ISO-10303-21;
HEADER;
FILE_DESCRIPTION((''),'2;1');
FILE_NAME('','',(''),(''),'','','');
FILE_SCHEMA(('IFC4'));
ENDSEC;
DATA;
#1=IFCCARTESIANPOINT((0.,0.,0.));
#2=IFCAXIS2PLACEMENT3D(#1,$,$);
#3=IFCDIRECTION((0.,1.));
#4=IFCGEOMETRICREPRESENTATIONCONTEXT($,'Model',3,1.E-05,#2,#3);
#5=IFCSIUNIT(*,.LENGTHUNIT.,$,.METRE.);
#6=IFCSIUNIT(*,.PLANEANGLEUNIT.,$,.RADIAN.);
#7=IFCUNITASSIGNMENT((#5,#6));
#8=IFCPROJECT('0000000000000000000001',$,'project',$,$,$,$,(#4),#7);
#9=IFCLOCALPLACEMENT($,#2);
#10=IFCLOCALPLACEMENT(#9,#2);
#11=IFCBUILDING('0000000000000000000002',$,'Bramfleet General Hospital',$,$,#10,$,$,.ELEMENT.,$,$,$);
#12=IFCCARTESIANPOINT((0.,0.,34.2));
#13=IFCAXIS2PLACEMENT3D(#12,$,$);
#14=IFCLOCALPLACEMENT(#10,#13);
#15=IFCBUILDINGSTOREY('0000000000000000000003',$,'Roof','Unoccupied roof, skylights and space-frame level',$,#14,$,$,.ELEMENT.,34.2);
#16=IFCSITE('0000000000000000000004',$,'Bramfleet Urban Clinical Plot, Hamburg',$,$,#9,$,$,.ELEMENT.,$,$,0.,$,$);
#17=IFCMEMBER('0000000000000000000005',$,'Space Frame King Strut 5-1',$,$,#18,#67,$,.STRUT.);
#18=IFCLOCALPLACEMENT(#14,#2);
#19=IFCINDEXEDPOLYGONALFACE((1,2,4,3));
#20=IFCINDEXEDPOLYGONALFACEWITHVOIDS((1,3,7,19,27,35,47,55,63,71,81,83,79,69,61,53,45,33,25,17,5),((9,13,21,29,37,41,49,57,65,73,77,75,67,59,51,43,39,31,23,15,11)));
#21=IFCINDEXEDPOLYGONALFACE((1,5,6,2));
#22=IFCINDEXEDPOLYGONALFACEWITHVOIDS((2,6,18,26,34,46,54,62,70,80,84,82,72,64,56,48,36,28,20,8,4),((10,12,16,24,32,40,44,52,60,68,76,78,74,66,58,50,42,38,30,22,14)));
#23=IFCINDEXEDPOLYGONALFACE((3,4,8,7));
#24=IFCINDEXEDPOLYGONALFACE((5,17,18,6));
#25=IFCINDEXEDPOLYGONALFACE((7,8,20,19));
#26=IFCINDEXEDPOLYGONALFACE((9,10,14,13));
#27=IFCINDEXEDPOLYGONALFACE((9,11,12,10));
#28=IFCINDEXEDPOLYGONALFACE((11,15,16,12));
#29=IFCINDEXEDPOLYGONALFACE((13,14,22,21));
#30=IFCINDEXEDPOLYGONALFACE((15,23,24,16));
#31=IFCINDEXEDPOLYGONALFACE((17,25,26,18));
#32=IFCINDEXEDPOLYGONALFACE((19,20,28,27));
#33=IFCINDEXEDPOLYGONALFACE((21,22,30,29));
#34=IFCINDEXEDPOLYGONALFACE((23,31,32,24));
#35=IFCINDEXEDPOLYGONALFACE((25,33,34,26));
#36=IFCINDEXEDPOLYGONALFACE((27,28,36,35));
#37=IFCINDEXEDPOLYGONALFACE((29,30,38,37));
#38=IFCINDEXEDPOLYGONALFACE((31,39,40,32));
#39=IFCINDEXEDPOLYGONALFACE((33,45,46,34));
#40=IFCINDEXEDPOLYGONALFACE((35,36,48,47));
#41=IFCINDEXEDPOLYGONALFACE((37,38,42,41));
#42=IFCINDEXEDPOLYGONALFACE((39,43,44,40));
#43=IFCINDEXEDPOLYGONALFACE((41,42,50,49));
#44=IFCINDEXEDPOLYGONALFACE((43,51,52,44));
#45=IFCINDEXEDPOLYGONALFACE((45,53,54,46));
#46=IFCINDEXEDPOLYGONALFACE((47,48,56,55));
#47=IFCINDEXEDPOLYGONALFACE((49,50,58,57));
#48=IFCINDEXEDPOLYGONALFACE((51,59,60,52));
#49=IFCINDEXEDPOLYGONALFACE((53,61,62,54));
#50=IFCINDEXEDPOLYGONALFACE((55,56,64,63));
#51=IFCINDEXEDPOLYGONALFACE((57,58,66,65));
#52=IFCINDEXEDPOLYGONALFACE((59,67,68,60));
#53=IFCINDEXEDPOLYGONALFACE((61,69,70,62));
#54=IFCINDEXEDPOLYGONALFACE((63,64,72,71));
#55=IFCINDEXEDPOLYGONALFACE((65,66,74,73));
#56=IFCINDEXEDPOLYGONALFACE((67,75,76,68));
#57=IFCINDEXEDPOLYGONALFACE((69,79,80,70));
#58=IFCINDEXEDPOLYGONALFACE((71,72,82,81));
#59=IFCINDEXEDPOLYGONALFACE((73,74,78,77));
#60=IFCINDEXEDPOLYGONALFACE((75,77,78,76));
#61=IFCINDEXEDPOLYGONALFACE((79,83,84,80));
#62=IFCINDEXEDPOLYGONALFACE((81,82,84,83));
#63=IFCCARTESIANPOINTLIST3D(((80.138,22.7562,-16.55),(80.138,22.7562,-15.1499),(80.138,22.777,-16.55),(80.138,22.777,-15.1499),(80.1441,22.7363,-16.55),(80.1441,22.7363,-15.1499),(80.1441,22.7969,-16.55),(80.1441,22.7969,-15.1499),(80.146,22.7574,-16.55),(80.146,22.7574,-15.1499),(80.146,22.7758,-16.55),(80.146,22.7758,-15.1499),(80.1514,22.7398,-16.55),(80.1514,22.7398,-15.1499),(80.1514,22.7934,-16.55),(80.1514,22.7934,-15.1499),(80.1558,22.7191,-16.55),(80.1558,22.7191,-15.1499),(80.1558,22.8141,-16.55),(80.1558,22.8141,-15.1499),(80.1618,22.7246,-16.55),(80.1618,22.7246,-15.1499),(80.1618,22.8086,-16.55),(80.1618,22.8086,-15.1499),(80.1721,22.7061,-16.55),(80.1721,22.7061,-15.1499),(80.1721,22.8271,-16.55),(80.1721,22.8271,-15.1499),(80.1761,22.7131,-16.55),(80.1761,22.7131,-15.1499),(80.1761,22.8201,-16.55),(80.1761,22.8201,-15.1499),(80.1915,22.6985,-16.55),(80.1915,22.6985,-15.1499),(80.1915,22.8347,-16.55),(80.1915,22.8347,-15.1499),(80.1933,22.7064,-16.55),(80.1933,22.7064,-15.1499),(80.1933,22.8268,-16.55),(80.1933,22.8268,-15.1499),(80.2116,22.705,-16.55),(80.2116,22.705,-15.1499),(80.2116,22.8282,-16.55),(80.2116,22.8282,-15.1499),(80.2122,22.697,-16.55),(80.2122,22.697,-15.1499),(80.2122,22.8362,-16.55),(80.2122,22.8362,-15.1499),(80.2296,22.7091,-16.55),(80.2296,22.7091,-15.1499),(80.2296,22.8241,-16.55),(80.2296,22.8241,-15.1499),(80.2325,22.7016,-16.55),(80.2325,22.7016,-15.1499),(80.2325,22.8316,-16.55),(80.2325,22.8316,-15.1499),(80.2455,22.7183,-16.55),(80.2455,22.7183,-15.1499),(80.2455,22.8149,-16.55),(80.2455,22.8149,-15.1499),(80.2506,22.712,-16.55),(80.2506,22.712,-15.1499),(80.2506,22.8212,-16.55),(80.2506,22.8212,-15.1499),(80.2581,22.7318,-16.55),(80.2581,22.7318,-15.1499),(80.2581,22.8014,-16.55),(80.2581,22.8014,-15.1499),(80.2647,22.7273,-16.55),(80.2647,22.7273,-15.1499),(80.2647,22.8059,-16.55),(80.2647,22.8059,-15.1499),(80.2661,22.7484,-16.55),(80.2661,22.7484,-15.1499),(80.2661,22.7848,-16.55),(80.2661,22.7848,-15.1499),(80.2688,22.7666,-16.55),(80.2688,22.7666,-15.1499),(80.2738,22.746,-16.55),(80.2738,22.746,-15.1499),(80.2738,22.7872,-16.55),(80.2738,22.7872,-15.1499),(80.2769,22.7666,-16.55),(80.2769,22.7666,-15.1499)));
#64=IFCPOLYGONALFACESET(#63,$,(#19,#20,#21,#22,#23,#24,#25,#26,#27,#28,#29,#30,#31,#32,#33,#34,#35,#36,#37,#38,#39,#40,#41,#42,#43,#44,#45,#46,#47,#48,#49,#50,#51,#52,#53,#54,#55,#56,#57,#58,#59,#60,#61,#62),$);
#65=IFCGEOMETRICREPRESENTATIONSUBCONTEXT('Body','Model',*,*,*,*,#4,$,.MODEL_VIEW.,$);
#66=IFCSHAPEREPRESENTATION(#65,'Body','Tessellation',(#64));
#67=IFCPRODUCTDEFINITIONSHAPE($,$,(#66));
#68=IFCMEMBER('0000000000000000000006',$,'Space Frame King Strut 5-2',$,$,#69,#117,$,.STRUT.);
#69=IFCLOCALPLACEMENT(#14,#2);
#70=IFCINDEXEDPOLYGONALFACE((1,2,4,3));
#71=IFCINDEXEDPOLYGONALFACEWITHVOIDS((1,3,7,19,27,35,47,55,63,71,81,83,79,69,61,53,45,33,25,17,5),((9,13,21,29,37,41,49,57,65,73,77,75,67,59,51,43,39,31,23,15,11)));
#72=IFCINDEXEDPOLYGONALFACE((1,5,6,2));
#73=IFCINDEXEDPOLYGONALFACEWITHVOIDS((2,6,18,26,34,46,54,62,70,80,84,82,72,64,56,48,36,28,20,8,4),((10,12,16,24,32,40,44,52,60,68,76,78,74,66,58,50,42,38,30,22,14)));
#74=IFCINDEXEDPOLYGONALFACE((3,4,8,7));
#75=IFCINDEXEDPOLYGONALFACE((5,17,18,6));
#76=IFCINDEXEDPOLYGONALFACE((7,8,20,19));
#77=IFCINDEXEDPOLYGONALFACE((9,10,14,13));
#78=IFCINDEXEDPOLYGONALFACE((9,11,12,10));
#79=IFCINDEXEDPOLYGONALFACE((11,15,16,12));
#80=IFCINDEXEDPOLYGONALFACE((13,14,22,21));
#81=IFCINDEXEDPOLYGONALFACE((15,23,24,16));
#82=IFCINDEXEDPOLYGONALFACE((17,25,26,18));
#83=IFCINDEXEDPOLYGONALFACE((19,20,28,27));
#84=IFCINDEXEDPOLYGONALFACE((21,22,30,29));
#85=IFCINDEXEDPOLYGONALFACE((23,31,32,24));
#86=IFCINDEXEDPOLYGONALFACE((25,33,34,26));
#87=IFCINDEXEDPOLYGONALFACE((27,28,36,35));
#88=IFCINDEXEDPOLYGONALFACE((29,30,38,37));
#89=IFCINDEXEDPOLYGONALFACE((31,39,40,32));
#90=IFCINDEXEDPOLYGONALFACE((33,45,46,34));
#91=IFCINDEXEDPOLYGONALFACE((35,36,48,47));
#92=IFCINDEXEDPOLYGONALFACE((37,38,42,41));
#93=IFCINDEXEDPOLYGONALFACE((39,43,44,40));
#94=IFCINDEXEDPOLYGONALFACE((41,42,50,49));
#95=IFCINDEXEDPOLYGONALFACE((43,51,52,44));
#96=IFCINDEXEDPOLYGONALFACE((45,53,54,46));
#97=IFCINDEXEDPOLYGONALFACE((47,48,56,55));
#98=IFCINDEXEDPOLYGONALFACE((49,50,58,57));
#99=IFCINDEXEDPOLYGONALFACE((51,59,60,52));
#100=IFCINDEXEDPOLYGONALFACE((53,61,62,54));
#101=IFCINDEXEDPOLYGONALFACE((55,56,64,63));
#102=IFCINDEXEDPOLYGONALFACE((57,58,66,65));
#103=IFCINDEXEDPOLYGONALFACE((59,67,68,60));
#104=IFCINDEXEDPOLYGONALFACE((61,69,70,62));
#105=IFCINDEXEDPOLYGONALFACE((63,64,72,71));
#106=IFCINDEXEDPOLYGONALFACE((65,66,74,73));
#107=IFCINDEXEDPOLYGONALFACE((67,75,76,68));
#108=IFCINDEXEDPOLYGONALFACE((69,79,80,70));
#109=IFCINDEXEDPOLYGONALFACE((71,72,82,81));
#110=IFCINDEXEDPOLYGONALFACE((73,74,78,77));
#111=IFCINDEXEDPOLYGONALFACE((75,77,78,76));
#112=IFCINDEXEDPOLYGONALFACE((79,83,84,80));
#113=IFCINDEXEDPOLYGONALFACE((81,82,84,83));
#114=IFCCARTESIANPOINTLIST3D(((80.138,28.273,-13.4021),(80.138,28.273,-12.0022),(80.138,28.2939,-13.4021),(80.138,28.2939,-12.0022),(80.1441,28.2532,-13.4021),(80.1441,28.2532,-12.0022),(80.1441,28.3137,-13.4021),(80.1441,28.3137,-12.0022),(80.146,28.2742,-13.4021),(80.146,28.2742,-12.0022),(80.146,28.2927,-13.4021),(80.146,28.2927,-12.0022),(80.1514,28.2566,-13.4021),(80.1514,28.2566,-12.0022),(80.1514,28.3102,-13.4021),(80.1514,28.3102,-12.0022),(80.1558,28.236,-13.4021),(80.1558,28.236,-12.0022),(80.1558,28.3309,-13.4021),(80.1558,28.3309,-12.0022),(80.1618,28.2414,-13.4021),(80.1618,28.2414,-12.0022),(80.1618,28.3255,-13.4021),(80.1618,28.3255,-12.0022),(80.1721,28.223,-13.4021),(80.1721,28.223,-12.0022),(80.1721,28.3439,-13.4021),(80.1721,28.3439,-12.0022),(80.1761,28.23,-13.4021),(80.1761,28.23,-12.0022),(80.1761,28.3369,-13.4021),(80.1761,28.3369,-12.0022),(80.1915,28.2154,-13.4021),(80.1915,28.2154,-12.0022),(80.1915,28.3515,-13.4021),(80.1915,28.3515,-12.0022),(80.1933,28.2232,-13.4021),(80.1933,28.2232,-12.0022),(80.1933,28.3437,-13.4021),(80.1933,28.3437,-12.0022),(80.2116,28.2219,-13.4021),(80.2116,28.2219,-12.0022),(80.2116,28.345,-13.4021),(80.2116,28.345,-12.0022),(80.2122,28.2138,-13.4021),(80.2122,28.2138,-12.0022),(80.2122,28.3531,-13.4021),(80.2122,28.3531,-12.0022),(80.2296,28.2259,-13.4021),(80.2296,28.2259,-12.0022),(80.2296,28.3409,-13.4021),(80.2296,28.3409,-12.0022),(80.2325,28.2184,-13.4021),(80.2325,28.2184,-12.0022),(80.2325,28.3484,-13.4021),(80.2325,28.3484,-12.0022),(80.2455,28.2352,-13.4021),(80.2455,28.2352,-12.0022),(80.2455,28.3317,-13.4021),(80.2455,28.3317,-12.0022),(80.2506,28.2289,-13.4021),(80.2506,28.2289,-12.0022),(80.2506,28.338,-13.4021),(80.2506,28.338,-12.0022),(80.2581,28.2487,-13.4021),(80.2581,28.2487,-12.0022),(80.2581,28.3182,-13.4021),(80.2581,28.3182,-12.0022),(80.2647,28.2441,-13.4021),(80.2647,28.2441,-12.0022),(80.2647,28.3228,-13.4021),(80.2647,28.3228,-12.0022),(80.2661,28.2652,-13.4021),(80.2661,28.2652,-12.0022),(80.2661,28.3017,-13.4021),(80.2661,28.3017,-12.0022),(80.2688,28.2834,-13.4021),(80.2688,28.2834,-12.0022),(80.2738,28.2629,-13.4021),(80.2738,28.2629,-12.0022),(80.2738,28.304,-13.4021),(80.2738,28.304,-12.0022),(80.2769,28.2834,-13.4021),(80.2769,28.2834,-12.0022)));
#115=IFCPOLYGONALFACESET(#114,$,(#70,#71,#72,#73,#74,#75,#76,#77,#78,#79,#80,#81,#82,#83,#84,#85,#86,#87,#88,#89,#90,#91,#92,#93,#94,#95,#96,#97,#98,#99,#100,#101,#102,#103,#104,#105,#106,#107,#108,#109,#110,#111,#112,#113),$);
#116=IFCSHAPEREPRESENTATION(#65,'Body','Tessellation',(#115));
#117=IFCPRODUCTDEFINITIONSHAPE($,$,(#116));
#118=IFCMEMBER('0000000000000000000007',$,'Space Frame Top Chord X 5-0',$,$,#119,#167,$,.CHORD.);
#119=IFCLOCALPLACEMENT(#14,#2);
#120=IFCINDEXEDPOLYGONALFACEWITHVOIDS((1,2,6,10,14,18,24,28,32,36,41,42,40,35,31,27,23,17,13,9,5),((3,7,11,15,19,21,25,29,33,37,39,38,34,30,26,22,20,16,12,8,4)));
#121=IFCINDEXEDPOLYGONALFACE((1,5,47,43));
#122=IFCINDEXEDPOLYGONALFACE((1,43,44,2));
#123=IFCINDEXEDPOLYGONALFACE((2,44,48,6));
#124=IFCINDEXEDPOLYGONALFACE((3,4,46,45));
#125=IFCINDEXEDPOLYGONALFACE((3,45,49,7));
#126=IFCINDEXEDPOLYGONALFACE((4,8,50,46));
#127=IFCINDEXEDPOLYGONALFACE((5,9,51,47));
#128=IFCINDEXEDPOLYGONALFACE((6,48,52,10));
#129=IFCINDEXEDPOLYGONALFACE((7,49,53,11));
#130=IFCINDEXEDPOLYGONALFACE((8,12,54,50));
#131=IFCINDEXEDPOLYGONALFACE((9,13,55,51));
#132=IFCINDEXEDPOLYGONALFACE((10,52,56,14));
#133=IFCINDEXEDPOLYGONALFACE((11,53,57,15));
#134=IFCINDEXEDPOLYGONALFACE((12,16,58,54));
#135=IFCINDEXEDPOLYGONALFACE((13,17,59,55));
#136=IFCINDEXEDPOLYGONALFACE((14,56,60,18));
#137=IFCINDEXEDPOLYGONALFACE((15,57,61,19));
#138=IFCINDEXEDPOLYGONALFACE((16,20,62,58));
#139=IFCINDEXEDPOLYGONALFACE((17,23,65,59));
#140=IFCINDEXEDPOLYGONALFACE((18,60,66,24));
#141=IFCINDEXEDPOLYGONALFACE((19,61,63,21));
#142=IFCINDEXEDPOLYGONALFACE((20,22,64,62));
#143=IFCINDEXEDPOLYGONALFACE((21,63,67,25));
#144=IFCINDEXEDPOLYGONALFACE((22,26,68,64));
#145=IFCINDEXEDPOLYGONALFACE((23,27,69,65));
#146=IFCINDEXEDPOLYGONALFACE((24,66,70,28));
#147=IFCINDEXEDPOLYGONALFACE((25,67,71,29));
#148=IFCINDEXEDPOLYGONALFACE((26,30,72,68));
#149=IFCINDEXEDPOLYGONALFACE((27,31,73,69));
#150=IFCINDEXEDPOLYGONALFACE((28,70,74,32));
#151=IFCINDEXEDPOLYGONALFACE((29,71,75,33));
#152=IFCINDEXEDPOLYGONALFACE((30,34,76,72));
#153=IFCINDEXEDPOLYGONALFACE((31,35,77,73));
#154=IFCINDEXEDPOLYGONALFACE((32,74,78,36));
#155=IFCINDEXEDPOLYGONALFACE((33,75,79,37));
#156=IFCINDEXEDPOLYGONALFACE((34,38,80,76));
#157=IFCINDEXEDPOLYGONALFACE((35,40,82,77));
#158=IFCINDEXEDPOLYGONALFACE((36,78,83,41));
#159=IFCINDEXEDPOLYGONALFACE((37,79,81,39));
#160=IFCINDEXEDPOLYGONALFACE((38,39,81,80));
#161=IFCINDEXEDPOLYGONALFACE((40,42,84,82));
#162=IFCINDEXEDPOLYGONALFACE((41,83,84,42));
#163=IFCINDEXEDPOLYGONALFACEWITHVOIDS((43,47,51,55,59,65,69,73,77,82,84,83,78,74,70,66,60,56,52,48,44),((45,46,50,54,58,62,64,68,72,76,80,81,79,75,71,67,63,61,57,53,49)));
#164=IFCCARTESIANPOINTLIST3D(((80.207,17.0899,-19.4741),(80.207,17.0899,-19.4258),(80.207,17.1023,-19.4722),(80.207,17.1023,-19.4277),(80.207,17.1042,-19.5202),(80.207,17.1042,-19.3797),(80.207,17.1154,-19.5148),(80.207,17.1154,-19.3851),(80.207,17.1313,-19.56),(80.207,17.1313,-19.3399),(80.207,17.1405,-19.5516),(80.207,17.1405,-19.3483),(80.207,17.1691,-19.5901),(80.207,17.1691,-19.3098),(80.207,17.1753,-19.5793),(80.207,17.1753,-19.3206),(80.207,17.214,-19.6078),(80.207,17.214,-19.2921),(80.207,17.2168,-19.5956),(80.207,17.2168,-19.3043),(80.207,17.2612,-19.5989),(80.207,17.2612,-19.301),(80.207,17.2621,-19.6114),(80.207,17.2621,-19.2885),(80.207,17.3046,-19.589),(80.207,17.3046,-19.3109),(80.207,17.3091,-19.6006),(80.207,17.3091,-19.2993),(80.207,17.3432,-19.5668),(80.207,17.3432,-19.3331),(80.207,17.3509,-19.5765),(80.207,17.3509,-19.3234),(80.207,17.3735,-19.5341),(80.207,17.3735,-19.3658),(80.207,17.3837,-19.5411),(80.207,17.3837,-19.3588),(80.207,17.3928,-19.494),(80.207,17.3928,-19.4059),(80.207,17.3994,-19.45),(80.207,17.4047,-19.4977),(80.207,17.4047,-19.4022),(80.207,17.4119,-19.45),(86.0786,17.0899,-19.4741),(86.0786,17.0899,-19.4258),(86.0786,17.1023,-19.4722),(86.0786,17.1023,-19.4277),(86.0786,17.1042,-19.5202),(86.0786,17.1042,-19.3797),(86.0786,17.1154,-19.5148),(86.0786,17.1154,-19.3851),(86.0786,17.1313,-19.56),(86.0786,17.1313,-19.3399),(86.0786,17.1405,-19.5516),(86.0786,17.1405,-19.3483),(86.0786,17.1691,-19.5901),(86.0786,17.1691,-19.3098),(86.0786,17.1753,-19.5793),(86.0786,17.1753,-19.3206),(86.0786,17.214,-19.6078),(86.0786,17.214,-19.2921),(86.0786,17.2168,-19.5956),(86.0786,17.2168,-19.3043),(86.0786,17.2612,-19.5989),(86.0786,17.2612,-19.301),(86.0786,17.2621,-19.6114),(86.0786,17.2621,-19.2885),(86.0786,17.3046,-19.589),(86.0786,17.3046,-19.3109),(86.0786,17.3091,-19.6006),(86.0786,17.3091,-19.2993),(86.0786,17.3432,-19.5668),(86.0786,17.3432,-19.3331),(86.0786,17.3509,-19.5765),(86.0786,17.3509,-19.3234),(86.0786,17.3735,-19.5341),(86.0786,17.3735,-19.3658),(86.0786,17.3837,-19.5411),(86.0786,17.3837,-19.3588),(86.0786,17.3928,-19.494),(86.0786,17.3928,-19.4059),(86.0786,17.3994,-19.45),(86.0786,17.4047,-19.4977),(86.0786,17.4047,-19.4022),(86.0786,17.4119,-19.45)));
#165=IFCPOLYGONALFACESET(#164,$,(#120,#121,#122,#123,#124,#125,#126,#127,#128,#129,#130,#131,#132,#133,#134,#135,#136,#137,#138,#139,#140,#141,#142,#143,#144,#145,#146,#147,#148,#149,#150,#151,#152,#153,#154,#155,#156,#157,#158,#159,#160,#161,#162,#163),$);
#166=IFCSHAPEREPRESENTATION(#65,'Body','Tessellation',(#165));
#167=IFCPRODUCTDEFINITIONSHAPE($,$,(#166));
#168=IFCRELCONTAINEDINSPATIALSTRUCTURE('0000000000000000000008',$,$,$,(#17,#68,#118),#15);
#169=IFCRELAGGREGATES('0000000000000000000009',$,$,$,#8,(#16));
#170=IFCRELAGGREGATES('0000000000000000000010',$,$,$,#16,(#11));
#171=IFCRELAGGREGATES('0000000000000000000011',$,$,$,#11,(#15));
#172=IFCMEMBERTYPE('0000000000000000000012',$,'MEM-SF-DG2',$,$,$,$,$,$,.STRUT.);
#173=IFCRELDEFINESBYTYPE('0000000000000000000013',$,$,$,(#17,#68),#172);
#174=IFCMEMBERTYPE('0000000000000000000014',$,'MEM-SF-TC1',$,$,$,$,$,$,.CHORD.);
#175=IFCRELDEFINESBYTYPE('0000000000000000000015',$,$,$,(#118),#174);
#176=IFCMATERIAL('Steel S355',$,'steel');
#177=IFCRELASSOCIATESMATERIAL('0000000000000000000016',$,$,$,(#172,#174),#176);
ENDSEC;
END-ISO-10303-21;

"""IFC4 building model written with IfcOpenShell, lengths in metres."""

from ifc_helpers import new_model, si_unit, direction, frame, origin, origin_2d, place, context, subcontext, project, spatial, hollow_circle, extrude, material, material_profile, profile_set, type_object, element, save


model = new_model("IFC4")

# Units and contexts
model_context = context("Model", 3, precision=1e-05, world=origin(), true_north=direction((0.0, 1.0)))
body_context = subcontext(model_context, "Body", "Model", "MODEL_VIEW")
ifc_project = project(units=[si_unit("LENGTHUNIT", "METRE"), si_unit("PLANEANGLEUNIT", "RADIAN")], contexts=[model_context])

# Site, building, storey
site_placement = place(None, origin())
site = spatial("IfcSite", under=ifc_project, at=site_placement, Name="Bramfleet Urban Clinical Plot, Hamburg", CompositionType="ELEMENT", RefElevation=0.0)
building_placement = place(site_placement, origin())
building = spatial("IfcBuilding", under=site, at=building_placement, Name="Bramfleet General Hospital", CompositionType="ELEMENT")
storey_placement = place(building_placement, frame((0.0, 0.0, 34.2)))
storey = spatial("IfcBuildingStorey", under=building, at=storey_placement, Name="Roof", Description="Unoccupied roof, skylights and space-frame level", CompositionType="ELEMENT", Elevation=34.2)

# Members
ifc_material = material(Name="Steel S355", Category="steel")
ifc_material_profile_1 = material_profile(ifc_material, hollow_circle(Radius=0.0698, WallThickness=0.0081, at=origin_2d()), Name="CHS 139.7x8.0")
ifc_profile_set_1 = profile_set([ifc_material_profile_1], Name="Steel S355")
member_type_1 = type_object("IfcMemberType", Name="MEM-SF-DG2", PredefinedType="STRUT", material=ifc_profile_set_1)
member_1_placement = place(storey_placement, frame((80.207, 22.7666, -16.55), z_axis=(0.0, 0.0, 1.0), x_axis=(1.0, 0.0, 0.0)))
element("IfcMember", 1, at=member_1_placement, inside=storey, type_object=member_type_1, Name="Space Frame King Strut 5-1", PredefinedType="STRUT", context=body_context, shape_type="SweptSolid", body=[
    extrude(hollow_circle(Radius=0.0698, WallThickness=0.0081, at=origin_2d()), origin(), (0.0, 0.0, 1.0), 1.4001),
])
member_2_placement = place(storey_placement, frame((80.207, 28.2834, -13.4021), z_axis=(0.0, 0.0, 1.0), x_axis=(1.0, 0.0, 0.0)))
element("IfcMember", 2, at=member_2_placement, inside=storey, type_object=member_type_1, Name="Space Frame King Strut 5-2", PredefinedType="STRUT", context=body_context, shape_type="SweptSolid", body=[
    extrude(hollow_circle(Radius=0.0698, WallThickness=0.0081, at=origin_2d()), origin(), (0.0, 0.0, 1.0), 1.3999),
])
ifc_material_profile_2 = material_profile(ifc_material, hollow_circle(Radius=0.1619, WallThickness=0.0125, at=origin_2d()), Name="CHS 323.9x12.5")
ifc_profile_set_2 = profile_set([ifc_material_profile_2], Name="Steel S355")
member_type_2 = type_object("IfcMemberType", Name="MEM-SF-TC1", PredefinedType="CHORD", material=ifc_profile_set_2)
member_3_placement = place(storey_placement, frame((80.207, 17.25, -19.45), z_axis=(1.0, 0.0, 0.0), x_axis=(0.0, 1.0, 0.0)))
element("IfcMember", 3, at=member_3_placement, inside=storey, type_object=member_type_2, Name="Space Frame Top Chord X 5-0", PredefinedType="CHORD", context=body_context, shape_type="SweptSolid", body=[
    extrude(hollow_circle(Radius=0.1619, WallThickness=0.0125, at=origin_2d()), origin(), (0.0, 0.0, 1.0), 5.8716),
])

save(model, "model.ifc")
